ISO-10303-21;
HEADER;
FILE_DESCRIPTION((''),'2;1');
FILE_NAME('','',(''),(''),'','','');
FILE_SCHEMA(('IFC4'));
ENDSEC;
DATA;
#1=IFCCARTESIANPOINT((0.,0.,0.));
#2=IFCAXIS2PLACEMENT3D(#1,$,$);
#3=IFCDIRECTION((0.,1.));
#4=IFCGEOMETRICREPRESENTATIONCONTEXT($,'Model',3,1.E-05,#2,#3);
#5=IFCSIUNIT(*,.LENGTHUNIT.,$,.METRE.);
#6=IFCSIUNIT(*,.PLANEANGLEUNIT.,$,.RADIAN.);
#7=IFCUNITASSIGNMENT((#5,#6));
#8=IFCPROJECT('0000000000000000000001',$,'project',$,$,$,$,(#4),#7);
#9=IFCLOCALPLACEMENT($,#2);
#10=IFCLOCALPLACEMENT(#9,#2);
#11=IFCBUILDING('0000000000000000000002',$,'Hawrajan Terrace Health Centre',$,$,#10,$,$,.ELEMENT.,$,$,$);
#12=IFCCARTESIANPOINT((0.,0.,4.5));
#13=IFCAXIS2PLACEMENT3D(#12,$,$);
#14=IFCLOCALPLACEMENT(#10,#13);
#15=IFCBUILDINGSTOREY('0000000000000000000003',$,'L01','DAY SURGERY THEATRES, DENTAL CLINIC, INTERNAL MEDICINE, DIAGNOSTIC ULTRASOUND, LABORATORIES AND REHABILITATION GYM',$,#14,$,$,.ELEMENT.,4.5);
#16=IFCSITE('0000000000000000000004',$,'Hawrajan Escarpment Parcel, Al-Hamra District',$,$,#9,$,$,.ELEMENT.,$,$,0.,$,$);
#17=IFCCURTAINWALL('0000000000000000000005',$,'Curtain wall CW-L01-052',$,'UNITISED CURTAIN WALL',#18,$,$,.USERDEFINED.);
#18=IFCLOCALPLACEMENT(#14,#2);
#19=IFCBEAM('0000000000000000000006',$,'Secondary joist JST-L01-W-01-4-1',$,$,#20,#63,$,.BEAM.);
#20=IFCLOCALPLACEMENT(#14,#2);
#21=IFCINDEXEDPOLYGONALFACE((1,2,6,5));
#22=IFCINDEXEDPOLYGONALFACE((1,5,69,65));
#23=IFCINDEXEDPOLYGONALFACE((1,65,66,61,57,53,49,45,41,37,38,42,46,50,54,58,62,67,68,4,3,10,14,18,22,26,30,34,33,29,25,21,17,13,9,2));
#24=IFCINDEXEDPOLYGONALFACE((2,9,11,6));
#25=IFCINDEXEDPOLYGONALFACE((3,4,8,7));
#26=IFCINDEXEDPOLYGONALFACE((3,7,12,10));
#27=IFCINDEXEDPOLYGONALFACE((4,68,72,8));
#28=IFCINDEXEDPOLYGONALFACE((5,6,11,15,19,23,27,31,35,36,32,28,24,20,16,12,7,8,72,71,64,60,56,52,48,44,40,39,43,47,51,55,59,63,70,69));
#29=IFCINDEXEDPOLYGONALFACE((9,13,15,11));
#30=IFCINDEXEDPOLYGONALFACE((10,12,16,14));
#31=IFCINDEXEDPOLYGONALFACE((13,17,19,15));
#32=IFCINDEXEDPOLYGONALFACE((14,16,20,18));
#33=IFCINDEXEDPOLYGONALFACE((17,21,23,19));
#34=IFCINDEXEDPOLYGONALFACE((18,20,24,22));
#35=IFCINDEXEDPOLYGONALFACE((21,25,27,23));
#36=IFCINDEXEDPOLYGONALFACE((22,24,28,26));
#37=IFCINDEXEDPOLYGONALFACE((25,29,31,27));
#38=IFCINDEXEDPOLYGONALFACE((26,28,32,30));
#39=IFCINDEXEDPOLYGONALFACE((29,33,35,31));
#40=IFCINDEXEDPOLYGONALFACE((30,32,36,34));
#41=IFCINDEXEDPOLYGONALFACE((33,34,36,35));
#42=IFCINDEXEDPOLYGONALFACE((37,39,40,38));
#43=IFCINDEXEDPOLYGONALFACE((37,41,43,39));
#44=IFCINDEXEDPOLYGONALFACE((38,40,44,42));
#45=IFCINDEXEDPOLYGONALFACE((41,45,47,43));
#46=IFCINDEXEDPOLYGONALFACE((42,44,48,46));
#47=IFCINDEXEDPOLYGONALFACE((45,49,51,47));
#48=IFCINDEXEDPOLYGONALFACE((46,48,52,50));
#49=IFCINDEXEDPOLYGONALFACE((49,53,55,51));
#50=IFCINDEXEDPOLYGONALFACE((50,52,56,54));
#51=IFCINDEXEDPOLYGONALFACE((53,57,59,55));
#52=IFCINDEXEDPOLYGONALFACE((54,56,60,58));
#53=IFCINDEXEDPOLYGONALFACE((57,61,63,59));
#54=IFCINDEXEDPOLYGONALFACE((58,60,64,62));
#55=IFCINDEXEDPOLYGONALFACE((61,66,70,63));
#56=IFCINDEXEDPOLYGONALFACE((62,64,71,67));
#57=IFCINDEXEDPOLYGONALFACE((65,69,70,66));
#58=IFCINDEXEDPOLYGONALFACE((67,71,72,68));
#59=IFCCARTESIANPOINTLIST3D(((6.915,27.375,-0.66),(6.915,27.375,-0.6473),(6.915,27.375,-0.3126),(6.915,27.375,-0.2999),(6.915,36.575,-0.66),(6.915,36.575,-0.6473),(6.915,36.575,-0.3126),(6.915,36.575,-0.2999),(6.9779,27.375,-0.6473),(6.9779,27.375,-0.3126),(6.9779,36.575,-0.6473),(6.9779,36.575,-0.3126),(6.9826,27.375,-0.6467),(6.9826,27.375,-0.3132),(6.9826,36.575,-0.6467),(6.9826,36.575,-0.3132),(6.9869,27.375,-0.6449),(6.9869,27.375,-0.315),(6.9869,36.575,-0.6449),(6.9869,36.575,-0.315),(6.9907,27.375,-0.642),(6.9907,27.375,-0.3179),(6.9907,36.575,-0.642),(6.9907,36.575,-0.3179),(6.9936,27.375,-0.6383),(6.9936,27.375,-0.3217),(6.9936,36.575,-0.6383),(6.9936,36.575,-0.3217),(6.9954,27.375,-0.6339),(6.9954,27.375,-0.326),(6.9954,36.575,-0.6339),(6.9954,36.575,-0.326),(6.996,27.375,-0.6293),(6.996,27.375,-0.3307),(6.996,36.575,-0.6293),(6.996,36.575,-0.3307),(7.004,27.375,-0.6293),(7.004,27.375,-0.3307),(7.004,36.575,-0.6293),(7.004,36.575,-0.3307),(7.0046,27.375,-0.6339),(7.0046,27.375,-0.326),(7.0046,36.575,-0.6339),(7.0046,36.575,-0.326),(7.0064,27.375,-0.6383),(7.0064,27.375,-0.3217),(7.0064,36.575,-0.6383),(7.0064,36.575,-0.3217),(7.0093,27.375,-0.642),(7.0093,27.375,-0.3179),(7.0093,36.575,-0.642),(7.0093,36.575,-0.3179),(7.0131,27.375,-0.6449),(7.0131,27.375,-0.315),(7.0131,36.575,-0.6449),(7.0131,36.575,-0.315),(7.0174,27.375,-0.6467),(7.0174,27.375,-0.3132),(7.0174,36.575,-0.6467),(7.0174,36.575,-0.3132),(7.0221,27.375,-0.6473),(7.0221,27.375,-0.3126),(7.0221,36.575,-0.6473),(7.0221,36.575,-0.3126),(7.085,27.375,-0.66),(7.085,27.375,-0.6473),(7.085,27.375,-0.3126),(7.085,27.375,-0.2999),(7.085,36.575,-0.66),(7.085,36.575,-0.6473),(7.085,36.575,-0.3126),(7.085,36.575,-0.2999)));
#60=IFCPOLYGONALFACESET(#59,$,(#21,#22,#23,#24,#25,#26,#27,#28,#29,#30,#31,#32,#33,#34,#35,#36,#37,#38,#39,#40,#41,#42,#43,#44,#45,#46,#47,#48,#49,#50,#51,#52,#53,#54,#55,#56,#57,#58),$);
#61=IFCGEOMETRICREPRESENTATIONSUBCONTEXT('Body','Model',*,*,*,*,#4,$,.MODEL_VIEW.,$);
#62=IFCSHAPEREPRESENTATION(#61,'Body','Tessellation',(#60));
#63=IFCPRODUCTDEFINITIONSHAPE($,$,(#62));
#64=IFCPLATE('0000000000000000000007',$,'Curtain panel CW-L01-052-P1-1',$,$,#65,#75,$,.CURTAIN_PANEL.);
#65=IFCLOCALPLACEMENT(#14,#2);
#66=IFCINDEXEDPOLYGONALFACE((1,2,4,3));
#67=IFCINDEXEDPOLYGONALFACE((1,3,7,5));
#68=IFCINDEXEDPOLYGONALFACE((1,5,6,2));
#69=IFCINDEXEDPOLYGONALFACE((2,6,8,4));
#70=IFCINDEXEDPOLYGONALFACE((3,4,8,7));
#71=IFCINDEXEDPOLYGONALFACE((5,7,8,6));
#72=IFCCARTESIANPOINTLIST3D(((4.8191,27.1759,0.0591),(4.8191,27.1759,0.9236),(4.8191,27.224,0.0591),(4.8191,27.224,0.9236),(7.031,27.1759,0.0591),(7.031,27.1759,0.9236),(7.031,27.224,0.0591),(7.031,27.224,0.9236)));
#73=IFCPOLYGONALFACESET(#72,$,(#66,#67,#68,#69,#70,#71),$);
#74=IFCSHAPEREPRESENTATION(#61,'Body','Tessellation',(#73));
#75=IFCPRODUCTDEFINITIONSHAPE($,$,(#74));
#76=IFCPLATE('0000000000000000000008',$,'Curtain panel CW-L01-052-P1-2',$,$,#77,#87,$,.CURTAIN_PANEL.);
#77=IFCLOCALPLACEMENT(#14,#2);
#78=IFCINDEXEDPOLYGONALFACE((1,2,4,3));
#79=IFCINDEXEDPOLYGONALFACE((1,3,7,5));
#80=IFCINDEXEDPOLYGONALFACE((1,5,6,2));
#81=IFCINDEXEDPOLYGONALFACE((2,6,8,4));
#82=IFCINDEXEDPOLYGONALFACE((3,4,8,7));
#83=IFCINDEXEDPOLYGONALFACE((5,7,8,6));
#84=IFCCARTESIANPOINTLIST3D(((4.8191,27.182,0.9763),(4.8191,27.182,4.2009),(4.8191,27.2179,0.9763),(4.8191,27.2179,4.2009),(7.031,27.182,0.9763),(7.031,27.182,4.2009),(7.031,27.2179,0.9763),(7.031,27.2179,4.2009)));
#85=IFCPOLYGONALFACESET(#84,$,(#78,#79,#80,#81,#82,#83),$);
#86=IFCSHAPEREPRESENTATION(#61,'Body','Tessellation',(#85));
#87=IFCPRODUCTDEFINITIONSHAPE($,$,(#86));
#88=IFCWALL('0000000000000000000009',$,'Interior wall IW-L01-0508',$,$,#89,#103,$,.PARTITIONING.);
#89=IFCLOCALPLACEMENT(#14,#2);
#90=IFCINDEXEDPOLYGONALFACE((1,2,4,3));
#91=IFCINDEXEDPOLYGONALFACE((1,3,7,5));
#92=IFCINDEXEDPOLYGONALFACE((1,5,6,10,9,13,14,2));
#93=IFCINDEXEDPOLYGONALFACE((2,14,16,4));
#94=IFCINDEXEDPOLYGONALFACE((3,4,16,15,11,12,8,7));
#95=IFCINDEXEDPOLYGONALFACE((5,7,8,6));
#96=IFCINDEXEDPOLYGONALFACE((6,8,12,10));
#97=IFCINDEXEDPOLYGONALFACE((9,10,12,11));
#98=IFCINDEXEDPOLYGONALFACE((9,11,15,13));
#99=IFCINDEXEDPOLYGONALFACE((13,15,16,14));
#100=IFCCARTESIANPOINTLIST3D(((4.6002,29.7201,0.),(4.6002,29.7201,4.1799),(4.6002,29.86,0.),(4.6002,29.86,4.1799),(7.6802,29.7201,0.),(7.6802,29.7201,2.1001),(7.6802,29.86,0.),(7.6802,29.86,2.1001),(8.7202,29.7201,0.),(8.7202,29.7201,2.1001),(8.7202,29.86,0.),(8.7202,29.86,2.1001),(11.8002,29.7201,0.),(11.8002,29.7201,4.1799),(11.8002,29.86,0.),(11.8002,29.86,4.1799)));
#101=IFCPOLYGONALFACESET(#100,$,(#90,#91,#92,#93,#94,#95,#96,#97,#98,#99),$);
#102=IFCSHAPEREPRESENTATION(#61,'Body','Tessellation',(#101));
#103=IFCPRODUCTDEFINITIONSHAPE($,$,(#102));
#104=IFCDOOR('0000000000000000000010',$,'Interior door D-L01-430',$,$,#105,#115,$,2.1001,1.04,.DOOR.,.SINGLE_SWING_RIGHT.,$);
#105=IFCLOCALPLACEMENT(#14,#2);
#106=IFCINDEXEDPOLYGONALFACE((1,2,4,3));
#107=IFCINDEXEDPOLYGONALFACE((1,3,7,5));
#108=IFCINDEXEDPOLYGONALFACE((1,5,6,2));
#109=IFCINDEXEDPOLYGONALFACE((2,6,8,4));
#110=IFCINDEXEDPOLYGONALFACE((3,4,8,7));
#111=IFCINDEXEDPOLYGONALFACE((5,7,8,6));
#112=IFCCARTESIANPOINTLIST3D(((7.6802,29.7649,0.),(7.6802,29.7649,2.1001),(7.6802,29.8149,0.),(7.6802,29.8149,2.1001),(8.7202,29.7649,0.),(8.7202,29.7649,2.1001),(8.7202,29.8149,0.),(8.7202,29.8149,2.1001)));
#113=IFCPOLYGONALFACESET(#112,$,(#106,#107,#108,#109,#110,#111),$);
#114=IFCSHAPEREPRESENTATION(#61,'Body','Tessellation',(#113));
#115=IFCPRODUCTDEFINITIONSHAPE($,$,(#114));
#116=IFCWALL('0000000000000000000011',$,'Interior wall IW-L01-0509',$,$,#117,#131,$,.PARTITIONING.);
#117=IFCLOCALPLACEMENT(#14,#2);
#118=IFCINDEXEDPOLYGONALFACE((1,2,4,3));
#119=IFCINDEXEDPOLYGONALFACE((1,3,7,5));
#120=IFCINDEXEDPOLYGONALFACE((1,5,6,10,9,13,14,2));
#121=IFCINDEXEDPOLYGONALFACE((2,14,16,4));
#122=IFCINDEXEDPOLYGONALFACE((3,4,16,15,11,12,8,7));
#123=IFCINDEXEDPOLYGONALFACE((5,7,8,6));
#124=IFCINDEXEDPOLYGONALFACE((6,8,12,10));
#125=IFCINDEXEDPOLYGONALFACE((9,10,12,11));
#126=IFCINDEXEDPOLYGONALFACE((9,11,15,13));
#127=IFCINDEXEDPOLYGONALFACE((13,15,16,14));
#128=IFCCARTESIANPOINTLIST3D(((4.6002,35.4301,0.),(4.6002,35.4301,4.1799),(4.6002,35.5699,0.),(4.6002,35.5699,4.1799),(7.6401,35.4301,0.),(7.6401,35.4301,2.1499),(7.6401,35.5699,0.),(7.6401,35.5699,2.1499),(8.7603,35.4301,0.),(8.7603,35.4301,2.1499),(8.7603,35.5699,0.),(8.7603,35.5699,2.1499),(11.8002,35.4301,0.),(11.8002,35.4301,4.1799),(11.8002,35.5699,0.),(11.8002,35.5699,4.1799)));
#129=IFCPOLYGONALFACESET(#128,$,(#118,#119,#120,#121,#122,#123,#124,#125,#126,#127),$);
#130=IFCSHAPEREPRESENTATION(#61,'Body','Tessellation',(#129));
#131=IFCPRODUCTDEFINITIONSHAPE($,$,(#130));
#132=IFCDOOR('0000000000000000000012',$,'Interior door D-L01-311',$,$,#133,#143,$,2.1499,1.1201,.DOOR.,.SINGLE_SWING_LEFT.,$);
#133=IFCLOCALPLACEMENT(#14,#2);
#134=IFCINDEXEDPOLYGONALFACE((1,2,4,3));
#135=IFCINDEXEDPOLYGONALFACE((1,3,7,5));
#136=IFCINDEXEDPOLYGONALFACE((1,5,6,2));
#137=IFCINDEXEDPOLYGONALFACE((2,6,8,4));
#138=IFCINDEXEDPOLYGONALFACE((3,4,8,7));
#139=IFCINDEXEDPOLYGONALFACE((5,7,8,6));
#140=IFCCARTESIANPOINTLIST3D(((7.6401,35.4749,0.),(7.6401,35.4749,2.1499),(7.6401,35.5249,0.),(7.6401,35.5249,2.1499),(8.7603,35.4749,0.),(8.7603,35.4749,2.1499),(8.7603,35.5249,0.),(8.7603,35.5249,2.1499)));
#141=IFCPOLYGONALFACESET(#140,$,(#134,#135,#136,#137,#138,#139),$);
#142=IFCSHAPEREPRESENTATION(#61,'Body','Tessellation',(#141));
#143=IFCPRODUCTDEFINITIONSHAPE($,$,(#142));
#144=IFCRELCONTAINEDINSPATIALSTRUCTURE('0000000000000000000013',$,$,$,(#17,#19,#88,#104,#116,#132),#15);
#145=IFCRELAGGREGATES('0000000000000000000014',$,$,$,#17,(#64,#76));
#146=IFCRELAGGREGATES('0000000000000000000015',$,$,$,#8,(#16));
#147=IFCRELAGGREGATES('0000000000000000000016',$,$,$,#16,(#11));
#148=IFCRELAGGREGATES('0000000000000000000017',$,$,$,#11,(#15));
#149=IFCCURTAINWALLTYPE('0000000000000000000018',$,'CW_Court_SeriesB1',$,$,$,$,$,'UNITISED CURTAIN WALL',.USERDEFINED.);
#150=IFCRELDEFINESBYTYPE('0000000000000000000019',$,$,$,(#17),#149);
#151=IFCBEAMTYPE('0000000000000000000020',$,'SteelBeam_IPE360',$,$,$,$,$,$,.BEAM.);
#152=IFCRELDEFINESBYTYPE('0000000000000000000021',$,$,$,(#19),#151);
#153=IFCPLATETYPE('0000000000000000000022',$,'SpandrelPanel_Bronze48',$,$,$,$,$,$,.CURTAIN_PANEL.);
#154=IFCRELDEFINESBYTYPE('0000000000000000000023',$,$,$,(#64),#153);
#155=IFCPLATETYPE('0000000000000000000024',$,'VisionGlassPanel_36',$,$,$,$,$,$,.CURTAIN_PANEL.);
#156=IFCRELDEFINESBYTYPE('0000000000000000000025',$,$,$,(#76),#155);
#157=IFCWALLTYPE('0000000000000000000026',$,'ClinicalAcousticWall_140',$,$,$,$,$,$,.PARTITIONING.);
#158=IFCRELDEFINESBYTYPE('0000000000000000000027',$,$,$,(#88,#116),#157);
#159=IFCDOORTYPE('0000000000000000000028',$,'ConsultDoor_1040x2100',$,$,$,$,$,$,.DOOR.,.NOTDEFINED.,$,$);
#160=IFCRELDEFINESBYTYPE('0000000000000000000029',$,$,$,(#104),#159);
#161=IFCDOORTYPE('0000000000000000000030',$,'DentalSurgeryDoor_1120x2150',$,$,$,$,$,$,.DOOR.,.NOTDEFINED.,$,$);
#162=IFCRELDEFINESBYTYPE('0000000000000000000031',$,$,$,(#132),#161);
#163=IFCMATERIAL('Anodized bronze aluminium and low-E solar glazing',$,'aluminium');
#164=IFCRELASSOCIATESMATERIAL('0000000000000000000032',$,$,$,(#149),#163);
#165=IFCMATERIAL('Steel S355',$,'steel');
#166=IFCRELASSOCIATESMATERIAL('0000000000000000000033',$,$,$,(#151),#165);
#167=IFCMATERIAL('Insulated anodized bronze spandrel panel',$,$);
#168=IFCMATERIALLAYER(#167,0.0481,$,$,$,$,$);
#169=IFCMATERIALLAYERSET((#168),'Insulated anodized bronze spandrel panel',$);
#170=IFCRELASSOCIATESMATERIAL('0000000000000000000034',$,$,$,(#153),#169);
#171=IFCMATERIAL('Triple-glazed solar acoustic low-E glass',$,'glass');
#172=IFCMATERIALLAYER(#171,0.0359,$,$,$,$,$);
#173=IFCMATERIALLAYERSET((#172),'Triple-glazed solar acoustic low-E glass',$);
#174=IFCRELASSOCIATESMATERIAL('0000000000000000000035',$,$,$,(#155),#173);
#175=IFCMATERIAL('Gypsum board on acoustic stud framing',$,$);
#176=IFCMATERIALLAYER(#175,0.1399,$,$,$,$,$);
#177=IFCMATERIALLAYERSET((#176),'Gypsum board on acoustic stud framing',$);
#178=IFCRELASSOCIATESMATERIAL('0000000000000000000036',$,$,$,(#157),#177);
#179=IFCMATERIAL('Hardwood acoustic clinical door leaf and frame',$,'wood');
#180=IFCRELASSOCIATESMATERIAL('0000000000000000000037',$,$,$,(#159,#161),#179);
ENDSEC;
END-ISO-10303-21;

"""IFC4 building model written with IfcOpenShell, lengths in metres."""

from ifc_helpers import new_model, si_unit, direction, frame, frame_2d, origin, origin_2d, place, context, subcontext, project, spatial, rectangle, i_section, extrude, material, layer, layer_set, material_profile, profile_set, type_object, element, fill, aggregate, save


model = new_model("IFC4")

# Units and contexts
model_context = context("Model", 3, precision=1e-05, world=origin(), true_north=direction((0.0, 1.0)))
body_context = subcontext(model_context, "Body", "Model", "MODEL_VIEW")
ifc_project = project(units=[si_unit("LENGTHUNIT", "METRE"), si_unit("PLANEANGLEUNIT", "RADIAN")], contexts=[model_context])

# Site, building, storey
site_placement = place(None, origin())
site = spatial("IfcSite", under=ifc_project, at=site_placement, Name="Hawrajan Escarpment Parcel, Al-Hamra District", CompositionType="ELEMENT", RefElevation=0.0)
building_placement = place(site_placement, origin())
building = spatial("IfcBuilding", under=site, at=building_placement, Name="Hawrajan Terrace Health Centre", CompositionType="ELEMENT")
storey_placement = place(building_placement, frame((0.0, 0.0, 4.5)))
storey = spatial("IfcBuildingStorey", under=building, at=storey_placement, Name="L01", Description="DAY SURGERY THEATRES, DENTAL CLINIC, INTERNAL MEDICINE, DIAGNOSTIC ULTRASOUND, LABORATORIES AND REHABILITATION GYM", CompositionType="ELEMENT", Elevation=4.5)

# Curtain wall
ifc_material_1 = material(Name="Anodized bronze aluminium and low-E solar glazing", Category="aluminium")
curtain_wall_type = type_object("IfcCurtainWallType", Name="CW_Court_SeriesB1", ElementType="UNITISED CURTAIN WALL", PredefinedType="USERDEFINED", material=ifc_material_1)
curtain_wall_placement = place(storey_placement, origin())
curtain_wall = element("IfcCurtainWall", 1, at=curtain_wall_placement, inside=storey, type_object=curtain_wall_type, Name="Curtain wall CW-L01-052", ObjectType="UNITISED CURTAIN WALL", PredefinedType="USERDEFINED")

# Beam
ifc_material_2 = material(Name="Steel S355", Category="steel")
ifc_material_profile_1 = material_profile(ifc_material_2, i_section(OverallWidth=0.1699, OverallDepth=0.3601, WebThickness=0.0081, FlangeThickness=0.0127, FilletRadius=0.0181, at=origin_2d()), Name="IPE 360")
ifc_profile_set_1 = profile_set([ifc_material_profile_1], Name="Steel S355")
beam_type_1 = type_object("IfcBeamType", Name="SteelBeam_IPE360", PredefinedType="BEAM", material=ifc_profile_set_1)
beam_1_placement = place(storey_placement, frame((7.0, 27.375, -0.48), z_axis=(0.0, 1.0, 0.0), x_axis=(-1.0, 0.0, 0.0)))
element("IfcBeam", 2, at=beam_1_placement, inside=storey, type_object=beam_type_1, Name="Secondary joist JST-L01-W-01-4-1", PredefinedType="BEAM", context=body_context, shape_type="SweptSolid", body=[
    extrude(i_section(OverallWidth=0.1699, OverallDepth=0.3601, WebThickness=0.0081, FlangeThickness=0.0127, FilletRadius=0.0181, at=origin_2d()), origin(), (0.0, 0.0, 1.0), 9.2),
])

# Plates
ifc_material_3 = material(Name="Insulated anodized bronze spandrel panel")
ifc_layer_1 = layer(ifc_material_3, 0.0481)
ifc_layer_set_1 = layer_set([ifc_layer_1], Name="Insulated anodized bronze spandrel panel")
plate_type_1 = type_object("IfcPlateType", Name="SpandrelPanel_Bronze48", PredefinedType="CURTAIN_PANEL", material=ifc_layer_set_1)
plate_1_placement = place(storey_placement, frame((5.925, 27.2, 0.0591), z_axis=(0.0, 0.0, 1.0), x_axis=(1.0, 0.0, 0.0)))
plate_1 = element("IfcPlate", 3, at=plate_1_placement, type_object=plate_type_1, Name="Curtain panel CW-L01-052-P1-1", PredefinedType="CURTAIN_PANEL", context=body_context, shape_type="SweptSolid", body=[
    extrude(rectangle(XDim=2.2119, YDim=0.0481, at=origin_2d()), origin(), (0.0, 0.0, 1.0), 0.8645),
])
ifc_material_4 = material(Name="Triple-glazed solar acoustic low-E glass", Category="glass")
ifc_layer_2 = layer(ifc_material_4, 0.0359)
ifc_layer_set_2 = layer_set([ifc_layer_2], Name="Triple-glazed solar acoustic low-E glass")
plate_type_2 = type_object("IfcPlateType", Name="VisionGlassPanel_36", PredefinedType="CURTAIN_PANEL", material=ifc_layer_set_2)
plate_2_placement = place(storey_placement, frame((5.925, 27.2, 0.9763), z_axis=(0.0, 0.0, 1.0), x_axis=(1.0, 0.0, 0.0)))
plate_2 = element("IfcPlate", 4, at=plate_2_placement, type_object=plate_type_2, Name="Curtain panel CW-L01-052-P1-2", PredefinedType="CURTAIN_PANEL", context=body_context, shape_type="SweptSolid", body=[
    extrude(rectangle(XDim=2.2119, YDim=0.0359, at=origin_2d()), origin(), (0.0, 0.0, 1.0), 3.2246),
])
aggregate(curtain_wall, [plate_1, plate_2])

# Walls, openings, doors
ifc_material_5 = material(Name="Gypsum board on acoustic stud framing")
ifc_layer_3 = layer(ifc_material_5, 0.1399)
ifc_layer_set_3 = layer_set([ifc_layer_3], Name="Gypsum board on acoustic stud framing")
wall_type_1 = type_object("IfcWallType", Name="ClinicalAcousticWall_140", PredefinedType="PARTITIONING", material=ifc_layer_set_3)
wall_1_placement = place(storey_placement, frame((4.6001, 29.79, 0.0), z_axis=(0.0, 0.0, 1.0), x_axis=(1.0, 0.0, 0.0)))
wall_1 = element("IfcWall", 5, at=wall_1_placement, inside=storey, type_object=wall_type_1, Name="Interior wall IW-L01-0508", PredefinedType="PARTITIONING", context=body_context, shape_type="SweptSolid", body=[
    extrude(rectangle(XDim=7.2, YDim=0.1399, at=frame_2d((3.6001, 0.0))), origin(), (0.0, 0.0, 1.0), 4.1799),
])
opening_1_placement = place(wall_1_placement, frame((3.0801, 0.0, 0.0)))
opening_1 = element("IfcOpeningElement", 6, at=opening_1_placement, cuts=wall_1, PredefinedType="OPENING", context=body_context, shape_type="SweptSolid", body=[
    extrude(rectangle(XDim=1.04, YDim=2.1001, at=frame_2d((0.52, 1.05))), frame((0.0, 0.0798, 0.0), z_axis=(0.0, -1.0, 0.0), x_axis=(1.0, 0.0, 0.0)), (0.0, 0.0, 1.0), 0.1599),
])
ifc_material_6 = material(Name="Hardwood acoustic clinical door leaf and frame", Category="wood")
door_type_1 = type_object("IfcDoorType", Name="ConsultDoor_1040x2100", OperationType="NOTDEFINED", PredefinedType="DOOR", material=ifc_material_6)
door_1_placement = place(opening_1_placement, origin())
door_1 = element("IfcDoor", 7, at=door_1_placement, inside=storey, type_object=door_type_1, Name="Interior door D-L01-430", OperationType="SINGLE_SWING_RIGHT", OverallHeight=2.1001, OverallWidth=1.04, PredefinedType="DOOR", context=body_context, shape_type="SweptSolid", body=[
    extrude(rectangle(XDim=1.04, YDim=2.1001, at=frame_2d((0.52, 1.05))), frame((0.0, 0.0249, 0.0), z_axis=(0.0, -1.0, 0.0), x_axis=(1.0, 0.0, 0.0)), (0.0, 0.0, 1.0), 0.05),
])
fill(opening_1, door_1)
wall_2_placement = place(storey_placement, frame((4.6001, 35.5, 0.0), z_axis=(0.0, 0.0, 1.0), x_axis=(1.0, 0.0, 0.0)))
wall_2 = element("IfcWall", 8, at=wall_2_placement, inside=storey, type_object=wall_type_1, Name="Interior wall IW-L01-0509", PredefinedType="PARTITIONING", context=body_context, shape_type="SweptSolid", body=[
    extrude(rectangle(XDim=7.2, YDim=0.1399, at=frame_2d((3.6001, 0.0))), origin(), (0.0, 0.0, 1.0), 4.1799),
])
opening_2_placement = place(wall_2_placement, frame((3.04, 0.0, 0.0)))
opening_2 = element("IfcOpeningElement", 9, at=opening_2_placement, cuts=wall_2, PredefinedType="OPENING", context=body_context, shape_type="SweptSolid", body=[
    extrude(rectangle(XDim=1.1201, YDim=2.1499, at=frame_2d((0.5601, 1.075))), frame((0.0, 0.0798, 0.0), z_axis=(0.0, -1.0, 0.0), x_axis=(1.0, 0.0, 0.0)), (0.0, 0.0, 1.0), 0.1599),
])
door_type_2 = type_object("IfcDoorType", Name="DentalSurgeryDoor_1120x2150", OperationType="NOTDEFINED", PredefinedType="DOOR", material=ifc_material_6)
door_2_placement = place(opening_2_placement, origin())
door_2 = element("IfcDoor", 10, at=door_2_placement, inside=storey, type_object=door_type_2, Name="Interior door D-L01-311", OperationType="SINGLE_SWING_LEFT", OverallHeight=2.1499, OverallWidth=1.1201, PredefinedType="DOOR", context=body_context, shape_type="SweptSolid", body=[
    extrude(rectangle(XDim=1.1201, YDim=2.1499, at=frame_2d((0.5601, 1.075))), frame((0.0, 0.0249, 0.0), z_axis=(0.0, -1.0, 0.0), x_axis=(1.0, 0.0, 0.0)), (0.0, 0.0, 1.0), 0.05),
])
fill(opening_2, door_2)

save(model, "model.ifc")
